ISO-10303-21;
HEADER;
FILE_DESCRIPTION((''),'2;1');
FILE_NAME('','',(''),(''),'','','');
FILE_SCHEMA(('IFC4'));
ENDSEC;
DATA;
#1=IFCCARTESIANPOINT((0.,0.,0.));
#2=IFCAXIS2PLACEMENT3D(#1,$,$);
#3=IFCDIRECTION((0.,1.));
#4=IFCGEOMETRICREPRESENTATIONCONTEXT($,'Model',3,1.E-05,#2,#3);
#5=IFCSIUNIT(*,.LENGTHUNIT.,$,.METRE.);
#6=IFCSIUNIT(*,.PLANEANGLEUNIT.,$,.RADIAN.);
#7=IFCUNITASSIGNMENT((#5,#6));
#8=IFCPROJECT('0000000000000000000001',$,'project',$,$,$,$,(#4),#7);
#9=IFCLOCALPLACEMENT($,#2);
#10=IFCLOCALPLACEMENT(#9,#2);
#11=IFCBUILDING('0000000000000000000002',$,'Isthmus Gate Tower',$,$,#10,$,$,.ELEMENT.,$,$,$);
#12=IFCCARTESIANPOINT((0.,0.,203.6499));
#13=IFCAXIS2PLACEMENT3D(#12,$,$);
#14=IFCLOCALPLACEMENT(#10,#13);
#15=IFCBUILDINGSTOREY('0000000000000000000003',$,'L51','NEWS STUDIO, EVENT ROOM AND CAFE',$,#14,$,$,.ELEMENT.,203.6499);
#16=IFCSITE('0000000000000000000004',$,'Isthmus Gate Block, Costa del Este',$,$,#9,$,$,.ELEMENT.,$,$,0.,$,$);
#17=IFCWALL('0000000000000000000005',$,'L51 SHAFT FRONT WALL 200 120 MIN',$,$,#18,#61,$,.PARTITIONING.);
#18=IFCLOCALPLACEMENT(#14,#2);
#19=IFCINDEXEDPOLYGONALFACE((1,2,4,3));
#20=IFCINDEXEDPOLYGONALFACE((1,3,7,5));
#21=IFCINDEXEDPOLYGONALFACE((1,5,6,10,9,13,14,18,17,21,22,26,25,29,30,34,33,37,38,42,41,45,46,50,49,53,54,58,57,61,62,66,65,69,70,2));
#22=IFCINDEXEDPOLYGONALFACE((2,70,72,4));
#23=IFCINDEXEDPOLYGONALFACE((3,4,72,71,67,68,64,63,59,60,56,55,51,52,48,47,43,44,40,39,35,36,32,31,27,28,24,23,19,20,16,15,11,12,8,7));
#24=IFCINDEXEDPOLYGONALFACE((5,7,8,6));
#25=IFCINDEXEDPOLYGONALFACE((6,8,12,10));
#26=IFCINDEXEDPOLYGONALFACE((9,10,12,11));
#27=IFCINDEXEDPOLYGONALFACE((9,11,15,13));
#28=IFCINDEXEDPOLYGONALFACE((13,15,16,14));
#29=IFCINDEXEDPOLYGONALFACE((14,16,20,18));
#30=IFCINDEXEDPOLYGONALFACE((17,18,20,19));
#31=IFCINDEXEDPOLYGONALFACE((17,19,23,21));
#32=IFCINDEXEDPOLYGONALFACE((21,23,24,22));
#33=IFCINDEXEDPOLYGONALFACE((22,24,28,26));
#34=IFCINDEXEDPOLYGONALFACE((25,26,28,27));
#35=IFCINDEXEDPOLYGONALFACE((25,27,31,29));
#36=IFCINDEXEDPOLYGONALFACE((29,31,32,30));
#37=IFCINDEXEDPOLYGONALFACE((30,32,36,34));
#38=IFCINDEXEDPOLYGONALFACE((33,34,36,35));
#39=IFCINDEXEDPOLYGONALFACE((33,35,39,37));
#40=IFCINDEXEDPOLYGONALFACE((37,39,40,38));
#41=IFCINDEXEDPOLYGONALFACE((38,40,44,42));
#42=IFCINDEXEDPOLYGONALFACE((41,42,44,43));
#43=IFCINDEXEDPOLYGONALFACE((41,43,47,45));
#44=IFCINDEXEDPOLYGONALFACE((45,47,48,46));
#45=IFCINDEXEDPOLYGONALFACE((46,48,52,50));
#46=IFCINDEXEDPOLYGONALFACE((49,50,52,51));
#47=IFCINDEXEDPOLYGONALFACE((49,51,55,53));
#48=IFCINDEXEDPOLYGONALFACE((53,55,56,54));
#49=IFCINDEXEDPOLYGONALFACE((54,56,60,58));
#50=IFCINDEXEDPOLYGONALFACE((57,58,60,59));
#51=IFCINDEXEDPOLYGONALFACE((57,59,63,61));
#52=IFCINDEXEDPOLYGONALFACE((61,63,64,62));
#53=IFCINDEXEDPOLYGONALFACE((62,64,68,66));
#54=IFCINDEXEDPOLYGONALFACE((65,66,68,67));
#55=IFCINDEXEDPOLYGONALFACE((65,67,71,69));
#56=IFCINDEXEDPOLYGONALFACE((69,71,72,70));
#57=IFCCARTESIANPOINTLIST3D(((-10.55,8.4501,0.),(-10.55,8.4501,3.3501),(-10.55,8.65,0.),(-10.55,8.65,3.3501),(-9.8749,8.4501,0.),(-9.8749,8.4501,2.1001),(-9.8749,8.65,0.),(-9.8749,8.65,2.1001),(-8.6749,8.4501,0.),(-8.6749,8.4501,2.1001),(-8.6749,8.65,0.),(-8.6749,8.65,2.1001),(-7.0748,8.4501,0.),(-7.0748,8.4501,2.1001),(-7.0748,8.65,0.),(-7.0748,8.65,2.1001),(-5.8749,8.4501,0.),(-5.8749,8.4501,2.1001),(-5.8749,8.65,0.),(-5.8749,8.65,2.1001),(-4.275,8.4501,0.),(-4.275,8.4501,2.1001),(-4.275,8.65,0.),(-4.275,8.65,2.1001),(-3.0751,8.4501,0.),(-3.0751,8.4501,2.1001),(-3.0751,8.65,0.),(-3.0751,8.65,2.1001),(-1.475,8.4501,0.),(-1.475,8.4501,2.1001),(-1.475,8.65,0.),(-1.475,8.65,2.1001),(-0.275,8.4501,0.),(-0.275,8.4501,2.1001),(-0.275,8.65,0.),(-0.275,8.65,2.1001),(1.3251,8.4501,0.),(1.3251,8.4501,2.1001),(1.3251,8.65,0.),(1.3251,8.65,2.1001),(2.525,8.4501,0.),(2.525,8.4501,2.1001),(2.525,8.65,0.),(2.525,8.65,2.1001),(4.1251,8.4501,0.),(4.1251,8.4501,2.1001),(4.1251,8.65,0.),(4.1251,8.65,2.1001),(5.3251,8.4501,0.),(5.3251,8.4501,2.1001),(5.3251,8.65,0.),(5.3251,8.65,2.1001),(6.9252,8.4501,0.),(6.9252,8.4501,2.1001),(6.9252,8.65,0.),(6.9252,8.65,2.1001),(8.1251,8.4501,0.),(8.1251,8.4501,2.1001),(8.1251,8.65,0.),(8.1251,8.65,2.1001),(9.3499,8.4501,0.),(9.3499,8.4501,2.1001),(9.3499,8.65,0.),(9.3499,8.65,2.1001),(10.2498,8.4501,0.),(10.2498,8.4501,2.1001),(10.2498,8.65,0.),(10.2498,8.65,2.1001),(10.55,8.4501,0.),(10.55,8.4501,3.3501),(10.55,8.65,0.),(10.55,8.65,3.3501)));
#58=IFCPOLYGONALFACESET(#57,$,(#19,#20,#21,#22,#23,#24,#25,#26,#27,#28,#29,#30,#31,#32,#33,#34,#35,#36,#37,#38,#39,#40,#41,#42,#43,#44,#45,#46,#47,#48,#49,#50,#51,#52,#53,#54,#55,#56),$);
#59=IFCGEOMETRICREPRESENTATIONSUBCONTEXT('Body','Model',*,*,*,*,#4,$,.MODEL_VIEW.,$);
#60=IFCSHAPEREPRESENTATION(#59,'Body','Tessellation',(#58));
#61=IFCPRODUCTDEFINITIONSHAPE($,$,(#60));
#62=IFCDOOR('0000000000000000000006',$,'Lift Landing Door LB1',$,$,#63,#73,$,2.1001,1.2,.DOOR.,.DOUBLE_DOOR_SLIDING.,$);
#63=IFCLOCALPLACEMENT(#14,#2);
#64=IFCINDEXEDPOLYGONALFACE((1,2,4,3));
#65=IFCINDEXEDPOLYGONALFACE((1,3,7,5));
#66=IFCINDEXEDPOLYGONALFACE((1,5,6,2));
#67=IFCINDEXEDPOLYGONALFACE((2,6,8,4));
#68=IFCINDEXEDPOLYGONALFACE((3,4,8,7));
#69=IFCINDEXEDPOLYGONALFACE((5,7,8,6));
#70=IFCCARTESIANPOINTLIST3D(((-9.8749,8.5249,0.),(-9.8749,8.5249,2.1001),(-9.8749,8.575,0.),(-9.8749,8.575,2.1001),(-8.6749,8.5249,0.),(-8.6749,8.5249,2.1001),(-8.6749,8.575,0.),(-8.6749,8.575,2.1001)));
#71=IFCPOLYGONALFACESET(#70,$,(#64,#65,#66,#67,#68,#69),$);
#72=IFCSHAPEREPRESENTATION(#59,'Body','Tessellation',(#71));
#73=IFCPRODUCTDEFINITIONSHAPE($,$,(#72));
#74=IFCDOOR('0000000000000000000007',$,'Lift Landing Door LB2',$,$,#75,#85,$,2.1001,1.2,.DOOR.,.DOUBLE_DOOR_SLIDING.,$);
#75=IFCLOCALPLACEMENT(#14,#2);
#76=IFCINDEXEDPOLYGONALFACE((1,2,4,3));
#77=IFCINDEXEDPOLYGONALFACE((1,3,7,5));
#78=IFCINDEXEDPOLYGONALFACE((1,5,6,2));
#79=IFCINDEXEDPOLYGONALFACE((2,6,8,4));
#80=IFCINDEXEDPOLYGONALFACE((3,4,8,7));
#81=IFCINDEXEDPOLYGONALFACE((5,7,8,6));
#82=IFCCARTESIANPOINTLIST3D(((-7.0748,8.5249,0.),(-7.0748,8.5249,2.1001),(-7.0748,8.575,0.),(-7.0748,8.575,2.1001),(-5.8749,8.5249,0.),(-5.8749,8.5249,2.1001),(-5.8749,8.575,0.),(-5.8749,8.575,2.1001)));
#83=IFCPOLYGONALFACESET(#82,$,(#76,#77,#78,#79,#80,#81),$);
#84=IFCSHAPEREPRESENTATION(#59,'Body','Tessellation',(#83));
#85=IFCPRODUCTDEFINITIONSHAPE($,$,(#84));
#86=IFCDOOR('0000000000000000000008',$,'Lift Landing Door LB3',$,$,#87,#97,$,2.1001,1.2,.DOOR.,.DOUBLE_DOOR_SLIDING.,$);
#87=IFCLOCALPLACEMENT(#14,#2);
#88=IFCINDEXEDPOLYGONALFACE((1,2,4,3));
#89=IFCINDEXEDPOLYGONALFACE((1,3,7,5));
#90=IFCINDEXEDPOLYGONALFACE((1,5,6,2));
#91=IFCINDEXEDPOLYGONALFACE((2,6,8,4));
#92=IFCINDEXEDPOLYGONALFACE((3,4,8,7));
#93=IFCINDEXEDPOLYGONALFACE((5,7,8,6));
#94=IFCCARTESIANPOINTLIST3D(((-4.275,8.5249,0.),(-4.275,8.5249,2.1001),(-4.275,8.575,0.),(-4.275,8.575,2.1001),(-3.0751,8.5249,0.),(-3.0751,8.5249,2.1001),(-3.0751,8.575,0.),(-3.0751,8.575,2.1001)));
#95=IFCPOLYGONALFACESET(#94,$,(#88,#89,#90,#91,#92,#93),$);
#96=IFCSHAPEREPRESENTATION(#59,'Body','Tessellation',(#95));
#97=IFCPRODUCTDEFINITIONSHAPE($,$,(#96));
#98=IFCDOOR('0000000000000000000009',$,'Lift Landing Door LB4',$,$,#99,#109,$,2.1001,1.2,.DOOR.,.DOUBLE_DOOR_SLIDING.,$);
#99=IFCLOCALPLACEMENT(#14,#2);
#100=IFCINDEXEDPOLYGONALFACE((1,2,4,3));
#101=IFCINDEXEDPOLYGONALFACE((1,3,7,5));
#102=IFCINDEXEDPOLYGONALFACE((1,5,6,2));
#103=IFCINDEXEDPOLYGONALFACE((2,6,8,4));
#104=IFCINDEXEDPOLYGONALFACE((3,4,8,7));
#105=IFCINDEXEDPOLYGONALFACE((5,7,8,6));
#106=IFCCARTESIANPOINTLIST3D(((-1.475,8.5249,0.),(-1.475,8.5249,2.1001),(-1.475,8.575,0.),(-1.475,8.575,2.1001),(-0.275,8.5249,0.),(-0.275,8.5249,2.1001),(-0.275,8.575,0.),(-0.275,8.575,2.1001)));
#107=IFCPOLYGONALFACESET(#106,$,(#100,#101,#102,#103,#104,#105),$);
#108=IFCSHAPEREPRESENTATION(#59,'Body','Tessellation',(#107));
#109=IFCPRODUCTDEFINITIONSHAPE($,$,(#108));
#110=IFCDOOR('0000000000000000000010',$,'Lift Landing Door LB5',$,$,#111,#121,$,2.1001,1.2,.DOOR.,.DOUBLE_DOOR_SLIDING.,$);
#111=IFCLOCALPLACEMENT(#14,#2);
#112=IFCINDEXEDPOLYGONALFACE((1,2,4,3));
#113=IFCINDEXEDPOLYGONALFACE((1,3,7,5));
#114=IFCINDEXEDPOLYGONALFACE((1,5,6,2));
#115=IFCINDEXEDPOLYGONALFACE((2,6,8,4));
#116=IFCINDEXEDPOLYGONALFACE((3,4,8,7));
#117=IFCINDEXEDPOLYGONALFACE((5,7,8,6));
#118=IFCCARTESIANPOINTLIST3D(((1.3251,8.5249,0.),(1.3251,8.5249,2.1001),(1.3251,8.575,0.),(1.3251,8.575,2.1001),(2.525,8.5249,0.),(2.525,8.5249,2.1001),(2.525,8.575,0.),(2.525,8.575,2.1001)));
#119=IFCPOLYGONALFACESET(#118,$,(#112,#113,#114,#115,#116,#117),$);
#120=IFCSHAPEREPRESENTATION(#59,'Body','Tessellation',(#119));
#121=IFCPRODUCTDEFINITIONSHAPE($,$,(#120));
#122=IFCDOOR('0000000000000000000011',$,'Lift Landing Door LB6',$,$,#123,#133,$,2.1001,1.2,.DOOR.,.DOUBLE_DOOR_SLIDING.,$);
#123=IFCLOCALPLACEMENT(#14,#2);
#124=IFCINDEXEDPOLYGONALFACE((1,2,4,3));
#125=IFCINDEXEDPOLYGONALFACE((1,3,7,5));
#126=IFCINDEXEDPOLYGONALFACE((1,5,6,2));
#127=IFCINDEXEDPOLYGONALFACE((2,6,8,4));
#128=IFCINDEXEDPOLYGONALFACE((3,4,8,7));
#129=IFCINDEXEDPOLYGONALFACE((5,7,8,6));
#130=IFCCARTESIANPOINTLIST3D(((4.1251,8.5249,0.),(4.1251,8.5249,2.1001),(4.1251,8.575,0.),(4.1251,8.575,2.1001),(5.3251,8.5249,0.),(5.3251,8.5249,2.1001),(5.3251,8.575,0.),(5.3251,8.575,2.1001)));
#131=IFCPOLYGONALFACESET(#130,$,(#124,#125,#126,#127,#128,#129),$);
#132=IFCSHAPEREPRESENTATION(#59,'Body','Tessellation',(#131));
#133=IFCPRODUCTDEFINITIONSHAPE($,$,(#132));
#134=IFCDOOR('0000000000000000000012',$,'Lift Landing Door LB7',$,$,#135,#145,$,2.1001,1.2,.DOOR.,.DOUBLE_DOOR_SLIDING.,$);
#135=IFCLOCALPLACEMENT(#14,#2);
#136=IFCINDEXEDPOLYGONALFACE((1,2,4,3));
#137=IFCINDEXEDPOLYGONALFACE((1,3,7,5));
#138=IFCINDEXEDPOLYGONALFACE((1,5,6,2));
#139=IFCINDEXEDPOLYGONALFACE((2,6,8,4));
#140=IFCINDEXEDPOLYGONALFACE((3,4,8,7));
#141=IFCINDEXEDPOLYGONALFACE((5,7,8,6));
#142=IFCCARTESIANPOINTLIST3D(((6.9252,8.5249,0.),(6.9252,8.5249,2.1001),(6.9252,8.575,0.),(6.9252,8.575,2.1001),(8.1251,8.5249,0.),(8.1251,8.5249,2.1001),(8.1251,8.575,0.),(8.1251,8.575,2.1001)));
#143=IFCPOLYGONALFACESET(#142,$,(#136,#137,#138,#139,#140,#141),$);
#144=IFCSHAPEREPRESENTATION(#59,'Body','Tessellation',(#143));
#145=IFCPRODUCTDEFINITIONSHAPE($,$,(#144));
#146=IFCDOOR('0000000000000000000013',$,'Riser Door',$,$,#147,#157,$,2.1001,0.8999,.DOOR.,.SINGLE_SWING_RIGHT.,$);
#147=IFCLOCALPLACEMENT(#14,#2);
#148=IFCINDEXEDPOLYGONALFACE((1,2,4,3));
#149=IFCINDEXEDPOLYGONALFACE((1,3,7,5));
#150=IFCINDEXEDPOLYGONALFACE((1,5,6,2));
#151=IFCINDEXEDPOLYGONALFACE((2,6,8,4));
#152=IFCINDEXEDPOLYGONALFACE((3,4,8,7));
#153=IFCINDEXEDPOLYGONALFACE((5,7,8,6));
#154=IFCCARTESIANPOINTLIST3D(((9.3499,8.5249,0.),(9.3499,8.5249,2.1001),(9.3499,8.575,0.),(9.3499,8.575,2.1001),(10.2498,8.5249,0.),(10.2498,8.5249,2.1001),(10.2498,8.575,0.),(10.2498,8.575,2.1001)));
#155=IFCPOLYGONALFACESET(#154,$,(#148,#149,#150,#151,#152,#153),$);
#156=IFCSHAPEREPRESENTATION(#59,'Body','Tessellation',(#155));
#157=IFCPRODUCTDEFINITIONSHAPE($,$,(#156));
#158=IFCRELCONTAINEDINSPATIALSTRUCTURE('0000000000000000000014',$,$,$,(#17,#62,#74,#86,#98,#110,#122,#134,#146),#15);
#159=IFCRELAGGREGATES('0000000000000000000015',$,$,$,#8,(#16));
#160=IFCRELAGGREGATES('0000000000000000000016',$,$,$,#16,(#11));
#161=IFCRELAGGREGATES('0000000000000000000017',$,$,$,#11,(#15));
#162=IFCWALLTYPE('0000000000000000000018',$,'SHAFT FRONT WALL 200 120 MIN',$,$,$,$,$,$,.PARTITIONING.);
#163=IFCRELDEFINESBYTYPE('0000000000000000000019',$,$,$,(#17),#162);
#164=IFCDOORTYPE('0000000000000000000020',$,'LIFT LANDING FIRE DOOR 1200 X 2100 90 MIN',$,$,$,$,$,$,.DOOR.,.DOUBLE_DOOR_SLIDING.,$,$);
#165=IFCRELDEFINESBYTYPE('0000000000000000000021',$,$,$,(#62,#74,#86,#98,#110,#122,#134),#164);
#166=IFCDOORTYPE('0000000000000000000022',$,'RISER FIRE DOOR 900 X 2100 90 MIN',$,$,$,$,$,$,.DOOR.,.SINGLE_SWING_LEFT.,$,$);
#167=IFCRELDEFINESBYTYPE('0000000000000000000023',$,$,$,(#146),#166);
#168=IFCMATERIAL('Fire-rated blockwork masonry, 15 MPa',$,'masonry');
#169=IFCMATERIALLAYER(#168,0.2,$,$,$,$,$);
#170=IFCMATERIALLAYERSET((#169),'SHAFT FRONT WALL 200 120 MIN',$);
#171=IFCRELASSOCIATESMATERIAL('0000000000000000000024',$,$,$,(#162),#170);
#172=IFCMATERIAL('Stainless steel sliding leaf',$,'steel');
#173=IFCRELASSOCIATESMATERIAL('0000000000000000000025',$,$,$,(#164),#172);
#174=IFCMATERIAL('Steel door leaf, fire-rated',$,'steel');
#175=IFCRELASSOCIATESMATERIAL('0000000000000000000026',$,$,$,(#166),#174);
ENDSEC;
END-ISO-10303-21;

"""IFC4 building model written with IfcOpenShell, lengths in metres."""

from ifc_helpers import new_model, si_unit, direction, frame, frame_2d, origin, place, context, subcontext, project, spatial, rectangle, extrude, material, layer, layer_set, type_object, element, fill, save


model = new_model("IFC4")

# Units and contexts
model_context = context("Model", 3, precision=1e-05, world=origin(), true_north=direction((0.0, 1.0)))
body_context = subcontext(model_context, "Body", "Model", "MODEL_VIEW")
ifc_project = project(units=[si_unit("LENGTHUNIT", "METRE"), si_unit("PLANEANGLEUNIT", "RADIAN")], contexts=[model_context])

# Site, building, storey
site_placement = place(None, origin())
site = spatial("IfcSite", under=ifc_project, at=site_placement, Name="Isthmus Gate Block, Costa del Este", CompositionType="ELEMENT", RefElevation=0.0)
building_placement = place(site_placement, origin())
building = spatial("IfcBuilding", under=site, at=building_placement, Name="Isthmus Gate Tower", CompositionType="ELEMENT")
storey_placement = place(building_placement, frame((0.0, 0.0, 203.6499)))
storey = spatial("IfcBuildingStorey", under=building, at=storey_placement, Name="L51", Description="NEWS STUDIO, EVENT ROOM AND CAFE", CompositionType="ELEMENT", Elevation=203.6499)

# Wall, openings, doors
ifc_material_1 = material(Name="Fire-rated blockwork masonry, 15 MPa", Category="masonry")
ifc_layer_1 = layer(ifc_material_1, 0.2)
ifc_layer_set_1 = layer_set([ifc_layer_1], Name="SHAFT FRONT WALL 200 120 MIN")
wall_type_1 = type_object("IfcWallType", Name="SHAFT FRONT WALL 200 120 MIN", PredefinedType="PARTITIONING", material=ifc_layer_set_1)
wall_1_placement = place(storey_placement, frame((-10.55, 8.55, 0.0), z_axis=(0.0, 0.0, 1.0), x_axis=(1.0, 0.0, 0.0)))
wall_1 = element("IfcWall", 1, at=wall_1_placement, inside=storey, type_object=wall_type_1, Name="L51 SHAFT FRONT WALL 200 120 MIN", PredefinedType="PARTITIONING", context=body_context, shape_type="SweptSolid", body=[
    extrude(rectangle(XDim=21.1001, YDim=0.2, at=frame_2d((10.55, 0.0))), origin(), (0.0, 0.0, 1.0), 3.3501),
])
opening_1_placement = place(wall_1_placement, frame((0.675, 0.0, 0.0)))
opening_1 = element("IfcOpeningElement", 2, at=opening_1_placement, cuts=wall_1, PredefinedType="OPENING", context=body_context, shape_type="SweptSolid", body=[
    extrude(rectangle(XDim=1.2, YDim=2.1001, at=frame_2d((0.6001, 1.05))), frame((0.0, 0.1099, 0.0), z_axis=(0.0, -1.0, 0.0), x_axis=(1.0, 0.0, 0.0)), (0.0, 0.0, 1.0), 0.22),
])
opening_2_placement = place(wall_1_placement, frame((3.4751, 0.0, 0.0)))
opening_2 = element("IfcOpeningElement", 3, at=opening_2_placement, cuts=wall_1, PredefinedType="OPENING", context=body_context, shape_type="SweptSolid", body=[
    extrude(rectangle(XDim=1.2, YDim=2.1001, at=frame_2d((0.6001, 1.05))), frame((0.0, 0.1099, 0.0), z_axis=(0.0, -1.0, 0.0), x_axis=(1.0, 0.0, 0.0)), (0.0, 0.0, 1.0), 0.22),
])
opening_3_placement = place(wall_1_placement, frame((6.2749, 0.0, 0.0)))
opening_3 = element("IfcOpeningElement", 4, at=opening_3_placement, cuts=wall_1, PredefinedType="OPENING", context=body_context, shape_type="SweptSolid", body=[
    extrude(rectangle(XDim=1.2, YDim=2.1001, at=frame_2d((0.6001, 1.05))), frame((0.0, 0.1099, 0.0), z_axis=(0.0, -1.0, 0.0), x_axis=(1.0, 0.0, 0.0)), (0.0, 0.0, 1.0), 0.22),
])
opening_4_placement = place(wall_1_placement, frame((9.075, 0.0, 0.0)))
opening_4 = element("IfcOpeningElement", 5, at=opening_4_placement, cuts=wall_1, PredefinedType="OPENING", context=body_context, shape_type="SweptSolid", body=[
    extrude(rectangle(XDim=1.2, YDim=2.1001, at=frame_2d((0.6001, 1.05))), frame((0.0, 0.1099, 0.0), z_axis=(0.0, -1.0, 0.0), x_axis=(1.0, 0.0, 0.0)), (0.0, 0.0, 1.0), 0.22),
])
opening_5_placement = place(wall_1_placement, frame((11.875, 0.0, 0.0)))
opening_5 = element("IfcOpeningElement", 6, at=opening_5_placement, cuts=wall_1, PredefinedType="OPENING", context=body_context, shape_type="SweptSolid", body=[
    extrude(rectangle(XDim=1.2, YDim=2.1001, at=frame_2d((0.6001, 1.05))), frame((0.0, 0.1099, 0.0), z_axis=(0.0, -1.0, 0.0), x_axis=(1.0, 0.0, 0.0)), (0.0, 0.0, 1.0), 0.22),
])
opening_6_placement = place(wall_1_placement, frame((14.675, 0.0, 0.0)))
opening_6 = element("IfcOpeningElement", 7, at=opening_6_placement, cuts=wall_1, PredefinedType="OPENING", context=body_context, shape_type="SweptSolid", body=[
    extrude(rectangle(XDim=1.2, YDim=2.1001, at=frame_2d((0.6001, 1.05))), frame((0.0, 0.1099, 0.0), z_axis=(0.0, -1.0, 0.0), x_axis=(1.0, 0.0, 0.0)), (0.0, 0.0, 1.0), 0.22),
])
opening_7_placement = place(wall_1_placement, frame((17.4751, 0.0, 0.0)))
opening_7 = element("IfcOpeningElement", 8, at=opening_7_placement, cuts=wall_1, PredefinedType="OPENING", context=body_context, shape_type="SweptSolid", body=[
    extrude(rectangle(XDim=1.2, YDim=2.1001, at=frame_2d((0.6001, 1.05))), frame((0.0, 0.1099, 0.0), z_axis=(0.0, -1.0, 0.0), x_axis=(1.0, 0.0, 0.0)), (0.0, 0.0, 1.0), 0.22),
])
opening_8_placement = place(wall_1_placement, frame((19.8999, 0.0, 0.0)))
opening_8 = element("IfcOpeningElement", 9, at=opening_8_placement, cuts=wall_1, PredefinedType="OPENING", context=body_context, shape_type="SweptSolid", body=[
    extrude(rectangle(XDim=0.8999, YDim=2.1001, at=frame_2d((0.45, 1.05))), frame((0.0, 0.1099, 0.0), z_axis=(0.0, -1.0, 0.0), x_axis=(1.0, 0.0, 0.0)), (0.0, 0.0, 1.0), 0.22),
])
ifc_material_2 = material(Name="Stainless steel sliding leaf", Category="steel")
door_type_1 = type_object("IfcDoorType", Name="LIFT LANDING FIRE DOOR 1200 X 2100 90 MIN", OperationType="DOUBLE_DOOR_SLIDING", PredefinedType="DOOR", material=ifc_material_2)
door_1_placement = place(opening_1_placement, origin())
door_1 = element("IfcDoor", 10, at=door_1_placement, inside=storey, type_object=door_type_1, Name="Lift Landing Door LB1", OperationType="DOUBLE_DOOR_SLIDING", OverallHeight=2.1001, OverallWidth=1.2, PredefinedType="DOOR", context=body_context, shape_type="SweptSolid", body=[
    extrude(rectangle(XDim=1.2, YDim=2.1001, at=frame_2d((0.6001, 1.05))), frame((0.0, 0.0249, 0.0), z_axis=(0.0, -1.0, 0.0), x_axis=(1.0, 0.0, 0.0)), (0.0, 0.0, 1.0), 0.05),
])
fill(opening_1, door_1)
door_2_placement = place(opening_2_placement, origin())
door_2 = element("IfcDoor", 11, at=door_2_placement, inside=storey, type_object=door_type_1, Name="Lift Landing Door LB2", OperationType="DOUBLE_DOOR_SLIDING", OverallHeight=2.1001, OverallWidth=1.2, PredefinedType="DOOR", context=body_context, shape_type="SweptSolid", body=[
    extrude(rectangle(XDim=1.2, YDim=2.1001, at=frame_2d((0.6001, 1.05))), frame((0.0, 0.0249, 0.0), z_axis=(0.0, -1.0, 0.0), x_axis=(1.0, 0.0, 0.0)), (0.0, 0.0, 1.0), 0.05),
])
fill(opening_2, door_2)
door_3_placement = place(opening_3_placement, origin())
door_3 = element("IfcDoor", 12, at=door_3_placement, inside=storey, type_object=door_type_1, Name="Lift Landing Door LB3", OperationType="DOUBLE_DOOR_SLIDING", OverallHeight=2.1001, OverallWidth=1.2, PredefinedType="DOOR", context=body_context, shape_type="SweptSolid", body=[
    extrude(rectangle(XDim=1.2, YDim=2.1001, at=frame_2d((0.6001, 1.05))), frame((0.0, 0.0249, 0.0), z_axis=(0.0, -1.0, 0.0), x_axis=(1.0, 0.0, 0.0)), (0.0, 0.0, 1.0), 0.05),
])
fill(opening_3, door_3)
door_4_placement = place(opening_4_placement, origin())
door_4 = element("IfcDoor", 13, at=door_4_placement, inside=storey, type_object=door_type_1, Name="Lift Landing Door LB4", OperationType="DOUBLE_DOOR_SLIDING", OverallHeight=2.1001, OverallWidth=1.2, PredefinedType="DOOR", context=body_context, shape_type="SweptSolid", body=[
    extrude(rectangle(XDim=1.2, YDim=2.1001, at=frame_2d((0.6001, 1.05))), frame((0.0, 0.0249, 0.0), z_axis=(0.0, -1.0, 0.0), x_axis=(1.0, 0.0, 0.0)), (0.0, 0.0, 1.0), 0.05),
])
fill(opening_4, door_4)
door_5_placement = place(opening_5_placement, origin())
door_5 = element("IfcDoor", 14, at=door_5_placement, inside=storey, type_object=door_type_1, Name="Lift Landing Door LB5", OperationType="DOUBLE_DOOR_SLIDING", OverallHeight=2.1001, OverallWidth=1.2, PredefinedType="DOOR", context=body_context, shape_type="SweptSolid", body=[
    extrude(rectangle(XDim=1.2, YDim=2.1001, at=frame_2d((0.6001, 1.05))), frame((0.0, 0.0249, 0.0), z_axis=(0.0, -1.0, 0.0), x_axis=(1.0, 0.0, 0.0)), (0.0, 0.0, 1.0), 0.05),
])
fill(opening_5, door_5)
door_6_placement = place(opening_6_placement, origin())
door_6 = element("IfcDoor", 15, at=door_6_placement, inside=storey, type_object=door_type_1, Name="Lift Landing Door LB6", OperationType="DOUBLE_DOOR_SLIDING", OverallHeight=2.1001, OverallWidth=1.2, PredefinedType="DOOR", context=body_context, shape_type="SweptSolid", body=[
    extrude(rectangle(XDim=1.2, YDim=2.1001, at=frame_2d((0.6001, 1.05))), frame((0.0, 0.0249, 0.0), z_axis=(0.0, -1.0, 0.0), x_axis=(1.0, 0.0, 0.0)), (0.0, 0.0, 1.0), 0.05),
])
fill(opening_6, door_6)
door_7_placement = place(opening_7_placement, origin())
door_7 = element("IfcDoor", 16, at=door_7_placement, inside=storey, type_object=door_type_1, Name="Lift Landing Door LB7", OperationType="DOUBLE_DOOR_SLIDING", OverallHeight=2.1001, OverallWidth=1.2, PredefinedType="DOOR", context=body_context, shape_type="SweptSolid", body=[
    extrude(rectangle(XDim=1.2, YDim=2.1001, at=frame_2d((0.6001, 1.05))), frame((0.0, 0.0249, 0.0), z_axis=(0.0, -1.0, 0.0), x_axis=(1.0, 0.0, 0.0)), (0.0, 0.0, 1.0), 0.05),
])
fill(opening_7, door_7)
ifc_material_3 = material(Name="Steel door leaf, fire-rated", Category="steel")
door_type_2 = type_object("IfcDoorType", Name="RISER FIRE DOOR 900 X 2100 90 MIN", OperationType="SINGLE_SWING_LEFT", PredefinedType="DOOR", material=ifc_material_3)
door_8_placement = place(opening_8_placement, origin())
door_8 = element("IfcDoor", 17, at=door_8_placement, inside=storey, type_object=door_type_2, Name="Riser Door", OperationType="SINGLE_SWING_RIGHT", OverallHeight=2.1001, OverallWidth=0.8999, PredefinedType="DOOR", context=body_context, shape_type="SweptSolid", body=[
    extrude(rectangle(XDim=0.8999, YDim=2.1001, at=frame_2d((0.45, 1.05))), frame((0.0, 0.0249, 0.0), z_axis=(0.0, -1.0, 0.0), x_axis=(1.0, 0.0, 0.0)), (0.0, 0.0, 1.0), 0.05),
])
fill(opening_8, door_8)

save(model, "model.ifc")
